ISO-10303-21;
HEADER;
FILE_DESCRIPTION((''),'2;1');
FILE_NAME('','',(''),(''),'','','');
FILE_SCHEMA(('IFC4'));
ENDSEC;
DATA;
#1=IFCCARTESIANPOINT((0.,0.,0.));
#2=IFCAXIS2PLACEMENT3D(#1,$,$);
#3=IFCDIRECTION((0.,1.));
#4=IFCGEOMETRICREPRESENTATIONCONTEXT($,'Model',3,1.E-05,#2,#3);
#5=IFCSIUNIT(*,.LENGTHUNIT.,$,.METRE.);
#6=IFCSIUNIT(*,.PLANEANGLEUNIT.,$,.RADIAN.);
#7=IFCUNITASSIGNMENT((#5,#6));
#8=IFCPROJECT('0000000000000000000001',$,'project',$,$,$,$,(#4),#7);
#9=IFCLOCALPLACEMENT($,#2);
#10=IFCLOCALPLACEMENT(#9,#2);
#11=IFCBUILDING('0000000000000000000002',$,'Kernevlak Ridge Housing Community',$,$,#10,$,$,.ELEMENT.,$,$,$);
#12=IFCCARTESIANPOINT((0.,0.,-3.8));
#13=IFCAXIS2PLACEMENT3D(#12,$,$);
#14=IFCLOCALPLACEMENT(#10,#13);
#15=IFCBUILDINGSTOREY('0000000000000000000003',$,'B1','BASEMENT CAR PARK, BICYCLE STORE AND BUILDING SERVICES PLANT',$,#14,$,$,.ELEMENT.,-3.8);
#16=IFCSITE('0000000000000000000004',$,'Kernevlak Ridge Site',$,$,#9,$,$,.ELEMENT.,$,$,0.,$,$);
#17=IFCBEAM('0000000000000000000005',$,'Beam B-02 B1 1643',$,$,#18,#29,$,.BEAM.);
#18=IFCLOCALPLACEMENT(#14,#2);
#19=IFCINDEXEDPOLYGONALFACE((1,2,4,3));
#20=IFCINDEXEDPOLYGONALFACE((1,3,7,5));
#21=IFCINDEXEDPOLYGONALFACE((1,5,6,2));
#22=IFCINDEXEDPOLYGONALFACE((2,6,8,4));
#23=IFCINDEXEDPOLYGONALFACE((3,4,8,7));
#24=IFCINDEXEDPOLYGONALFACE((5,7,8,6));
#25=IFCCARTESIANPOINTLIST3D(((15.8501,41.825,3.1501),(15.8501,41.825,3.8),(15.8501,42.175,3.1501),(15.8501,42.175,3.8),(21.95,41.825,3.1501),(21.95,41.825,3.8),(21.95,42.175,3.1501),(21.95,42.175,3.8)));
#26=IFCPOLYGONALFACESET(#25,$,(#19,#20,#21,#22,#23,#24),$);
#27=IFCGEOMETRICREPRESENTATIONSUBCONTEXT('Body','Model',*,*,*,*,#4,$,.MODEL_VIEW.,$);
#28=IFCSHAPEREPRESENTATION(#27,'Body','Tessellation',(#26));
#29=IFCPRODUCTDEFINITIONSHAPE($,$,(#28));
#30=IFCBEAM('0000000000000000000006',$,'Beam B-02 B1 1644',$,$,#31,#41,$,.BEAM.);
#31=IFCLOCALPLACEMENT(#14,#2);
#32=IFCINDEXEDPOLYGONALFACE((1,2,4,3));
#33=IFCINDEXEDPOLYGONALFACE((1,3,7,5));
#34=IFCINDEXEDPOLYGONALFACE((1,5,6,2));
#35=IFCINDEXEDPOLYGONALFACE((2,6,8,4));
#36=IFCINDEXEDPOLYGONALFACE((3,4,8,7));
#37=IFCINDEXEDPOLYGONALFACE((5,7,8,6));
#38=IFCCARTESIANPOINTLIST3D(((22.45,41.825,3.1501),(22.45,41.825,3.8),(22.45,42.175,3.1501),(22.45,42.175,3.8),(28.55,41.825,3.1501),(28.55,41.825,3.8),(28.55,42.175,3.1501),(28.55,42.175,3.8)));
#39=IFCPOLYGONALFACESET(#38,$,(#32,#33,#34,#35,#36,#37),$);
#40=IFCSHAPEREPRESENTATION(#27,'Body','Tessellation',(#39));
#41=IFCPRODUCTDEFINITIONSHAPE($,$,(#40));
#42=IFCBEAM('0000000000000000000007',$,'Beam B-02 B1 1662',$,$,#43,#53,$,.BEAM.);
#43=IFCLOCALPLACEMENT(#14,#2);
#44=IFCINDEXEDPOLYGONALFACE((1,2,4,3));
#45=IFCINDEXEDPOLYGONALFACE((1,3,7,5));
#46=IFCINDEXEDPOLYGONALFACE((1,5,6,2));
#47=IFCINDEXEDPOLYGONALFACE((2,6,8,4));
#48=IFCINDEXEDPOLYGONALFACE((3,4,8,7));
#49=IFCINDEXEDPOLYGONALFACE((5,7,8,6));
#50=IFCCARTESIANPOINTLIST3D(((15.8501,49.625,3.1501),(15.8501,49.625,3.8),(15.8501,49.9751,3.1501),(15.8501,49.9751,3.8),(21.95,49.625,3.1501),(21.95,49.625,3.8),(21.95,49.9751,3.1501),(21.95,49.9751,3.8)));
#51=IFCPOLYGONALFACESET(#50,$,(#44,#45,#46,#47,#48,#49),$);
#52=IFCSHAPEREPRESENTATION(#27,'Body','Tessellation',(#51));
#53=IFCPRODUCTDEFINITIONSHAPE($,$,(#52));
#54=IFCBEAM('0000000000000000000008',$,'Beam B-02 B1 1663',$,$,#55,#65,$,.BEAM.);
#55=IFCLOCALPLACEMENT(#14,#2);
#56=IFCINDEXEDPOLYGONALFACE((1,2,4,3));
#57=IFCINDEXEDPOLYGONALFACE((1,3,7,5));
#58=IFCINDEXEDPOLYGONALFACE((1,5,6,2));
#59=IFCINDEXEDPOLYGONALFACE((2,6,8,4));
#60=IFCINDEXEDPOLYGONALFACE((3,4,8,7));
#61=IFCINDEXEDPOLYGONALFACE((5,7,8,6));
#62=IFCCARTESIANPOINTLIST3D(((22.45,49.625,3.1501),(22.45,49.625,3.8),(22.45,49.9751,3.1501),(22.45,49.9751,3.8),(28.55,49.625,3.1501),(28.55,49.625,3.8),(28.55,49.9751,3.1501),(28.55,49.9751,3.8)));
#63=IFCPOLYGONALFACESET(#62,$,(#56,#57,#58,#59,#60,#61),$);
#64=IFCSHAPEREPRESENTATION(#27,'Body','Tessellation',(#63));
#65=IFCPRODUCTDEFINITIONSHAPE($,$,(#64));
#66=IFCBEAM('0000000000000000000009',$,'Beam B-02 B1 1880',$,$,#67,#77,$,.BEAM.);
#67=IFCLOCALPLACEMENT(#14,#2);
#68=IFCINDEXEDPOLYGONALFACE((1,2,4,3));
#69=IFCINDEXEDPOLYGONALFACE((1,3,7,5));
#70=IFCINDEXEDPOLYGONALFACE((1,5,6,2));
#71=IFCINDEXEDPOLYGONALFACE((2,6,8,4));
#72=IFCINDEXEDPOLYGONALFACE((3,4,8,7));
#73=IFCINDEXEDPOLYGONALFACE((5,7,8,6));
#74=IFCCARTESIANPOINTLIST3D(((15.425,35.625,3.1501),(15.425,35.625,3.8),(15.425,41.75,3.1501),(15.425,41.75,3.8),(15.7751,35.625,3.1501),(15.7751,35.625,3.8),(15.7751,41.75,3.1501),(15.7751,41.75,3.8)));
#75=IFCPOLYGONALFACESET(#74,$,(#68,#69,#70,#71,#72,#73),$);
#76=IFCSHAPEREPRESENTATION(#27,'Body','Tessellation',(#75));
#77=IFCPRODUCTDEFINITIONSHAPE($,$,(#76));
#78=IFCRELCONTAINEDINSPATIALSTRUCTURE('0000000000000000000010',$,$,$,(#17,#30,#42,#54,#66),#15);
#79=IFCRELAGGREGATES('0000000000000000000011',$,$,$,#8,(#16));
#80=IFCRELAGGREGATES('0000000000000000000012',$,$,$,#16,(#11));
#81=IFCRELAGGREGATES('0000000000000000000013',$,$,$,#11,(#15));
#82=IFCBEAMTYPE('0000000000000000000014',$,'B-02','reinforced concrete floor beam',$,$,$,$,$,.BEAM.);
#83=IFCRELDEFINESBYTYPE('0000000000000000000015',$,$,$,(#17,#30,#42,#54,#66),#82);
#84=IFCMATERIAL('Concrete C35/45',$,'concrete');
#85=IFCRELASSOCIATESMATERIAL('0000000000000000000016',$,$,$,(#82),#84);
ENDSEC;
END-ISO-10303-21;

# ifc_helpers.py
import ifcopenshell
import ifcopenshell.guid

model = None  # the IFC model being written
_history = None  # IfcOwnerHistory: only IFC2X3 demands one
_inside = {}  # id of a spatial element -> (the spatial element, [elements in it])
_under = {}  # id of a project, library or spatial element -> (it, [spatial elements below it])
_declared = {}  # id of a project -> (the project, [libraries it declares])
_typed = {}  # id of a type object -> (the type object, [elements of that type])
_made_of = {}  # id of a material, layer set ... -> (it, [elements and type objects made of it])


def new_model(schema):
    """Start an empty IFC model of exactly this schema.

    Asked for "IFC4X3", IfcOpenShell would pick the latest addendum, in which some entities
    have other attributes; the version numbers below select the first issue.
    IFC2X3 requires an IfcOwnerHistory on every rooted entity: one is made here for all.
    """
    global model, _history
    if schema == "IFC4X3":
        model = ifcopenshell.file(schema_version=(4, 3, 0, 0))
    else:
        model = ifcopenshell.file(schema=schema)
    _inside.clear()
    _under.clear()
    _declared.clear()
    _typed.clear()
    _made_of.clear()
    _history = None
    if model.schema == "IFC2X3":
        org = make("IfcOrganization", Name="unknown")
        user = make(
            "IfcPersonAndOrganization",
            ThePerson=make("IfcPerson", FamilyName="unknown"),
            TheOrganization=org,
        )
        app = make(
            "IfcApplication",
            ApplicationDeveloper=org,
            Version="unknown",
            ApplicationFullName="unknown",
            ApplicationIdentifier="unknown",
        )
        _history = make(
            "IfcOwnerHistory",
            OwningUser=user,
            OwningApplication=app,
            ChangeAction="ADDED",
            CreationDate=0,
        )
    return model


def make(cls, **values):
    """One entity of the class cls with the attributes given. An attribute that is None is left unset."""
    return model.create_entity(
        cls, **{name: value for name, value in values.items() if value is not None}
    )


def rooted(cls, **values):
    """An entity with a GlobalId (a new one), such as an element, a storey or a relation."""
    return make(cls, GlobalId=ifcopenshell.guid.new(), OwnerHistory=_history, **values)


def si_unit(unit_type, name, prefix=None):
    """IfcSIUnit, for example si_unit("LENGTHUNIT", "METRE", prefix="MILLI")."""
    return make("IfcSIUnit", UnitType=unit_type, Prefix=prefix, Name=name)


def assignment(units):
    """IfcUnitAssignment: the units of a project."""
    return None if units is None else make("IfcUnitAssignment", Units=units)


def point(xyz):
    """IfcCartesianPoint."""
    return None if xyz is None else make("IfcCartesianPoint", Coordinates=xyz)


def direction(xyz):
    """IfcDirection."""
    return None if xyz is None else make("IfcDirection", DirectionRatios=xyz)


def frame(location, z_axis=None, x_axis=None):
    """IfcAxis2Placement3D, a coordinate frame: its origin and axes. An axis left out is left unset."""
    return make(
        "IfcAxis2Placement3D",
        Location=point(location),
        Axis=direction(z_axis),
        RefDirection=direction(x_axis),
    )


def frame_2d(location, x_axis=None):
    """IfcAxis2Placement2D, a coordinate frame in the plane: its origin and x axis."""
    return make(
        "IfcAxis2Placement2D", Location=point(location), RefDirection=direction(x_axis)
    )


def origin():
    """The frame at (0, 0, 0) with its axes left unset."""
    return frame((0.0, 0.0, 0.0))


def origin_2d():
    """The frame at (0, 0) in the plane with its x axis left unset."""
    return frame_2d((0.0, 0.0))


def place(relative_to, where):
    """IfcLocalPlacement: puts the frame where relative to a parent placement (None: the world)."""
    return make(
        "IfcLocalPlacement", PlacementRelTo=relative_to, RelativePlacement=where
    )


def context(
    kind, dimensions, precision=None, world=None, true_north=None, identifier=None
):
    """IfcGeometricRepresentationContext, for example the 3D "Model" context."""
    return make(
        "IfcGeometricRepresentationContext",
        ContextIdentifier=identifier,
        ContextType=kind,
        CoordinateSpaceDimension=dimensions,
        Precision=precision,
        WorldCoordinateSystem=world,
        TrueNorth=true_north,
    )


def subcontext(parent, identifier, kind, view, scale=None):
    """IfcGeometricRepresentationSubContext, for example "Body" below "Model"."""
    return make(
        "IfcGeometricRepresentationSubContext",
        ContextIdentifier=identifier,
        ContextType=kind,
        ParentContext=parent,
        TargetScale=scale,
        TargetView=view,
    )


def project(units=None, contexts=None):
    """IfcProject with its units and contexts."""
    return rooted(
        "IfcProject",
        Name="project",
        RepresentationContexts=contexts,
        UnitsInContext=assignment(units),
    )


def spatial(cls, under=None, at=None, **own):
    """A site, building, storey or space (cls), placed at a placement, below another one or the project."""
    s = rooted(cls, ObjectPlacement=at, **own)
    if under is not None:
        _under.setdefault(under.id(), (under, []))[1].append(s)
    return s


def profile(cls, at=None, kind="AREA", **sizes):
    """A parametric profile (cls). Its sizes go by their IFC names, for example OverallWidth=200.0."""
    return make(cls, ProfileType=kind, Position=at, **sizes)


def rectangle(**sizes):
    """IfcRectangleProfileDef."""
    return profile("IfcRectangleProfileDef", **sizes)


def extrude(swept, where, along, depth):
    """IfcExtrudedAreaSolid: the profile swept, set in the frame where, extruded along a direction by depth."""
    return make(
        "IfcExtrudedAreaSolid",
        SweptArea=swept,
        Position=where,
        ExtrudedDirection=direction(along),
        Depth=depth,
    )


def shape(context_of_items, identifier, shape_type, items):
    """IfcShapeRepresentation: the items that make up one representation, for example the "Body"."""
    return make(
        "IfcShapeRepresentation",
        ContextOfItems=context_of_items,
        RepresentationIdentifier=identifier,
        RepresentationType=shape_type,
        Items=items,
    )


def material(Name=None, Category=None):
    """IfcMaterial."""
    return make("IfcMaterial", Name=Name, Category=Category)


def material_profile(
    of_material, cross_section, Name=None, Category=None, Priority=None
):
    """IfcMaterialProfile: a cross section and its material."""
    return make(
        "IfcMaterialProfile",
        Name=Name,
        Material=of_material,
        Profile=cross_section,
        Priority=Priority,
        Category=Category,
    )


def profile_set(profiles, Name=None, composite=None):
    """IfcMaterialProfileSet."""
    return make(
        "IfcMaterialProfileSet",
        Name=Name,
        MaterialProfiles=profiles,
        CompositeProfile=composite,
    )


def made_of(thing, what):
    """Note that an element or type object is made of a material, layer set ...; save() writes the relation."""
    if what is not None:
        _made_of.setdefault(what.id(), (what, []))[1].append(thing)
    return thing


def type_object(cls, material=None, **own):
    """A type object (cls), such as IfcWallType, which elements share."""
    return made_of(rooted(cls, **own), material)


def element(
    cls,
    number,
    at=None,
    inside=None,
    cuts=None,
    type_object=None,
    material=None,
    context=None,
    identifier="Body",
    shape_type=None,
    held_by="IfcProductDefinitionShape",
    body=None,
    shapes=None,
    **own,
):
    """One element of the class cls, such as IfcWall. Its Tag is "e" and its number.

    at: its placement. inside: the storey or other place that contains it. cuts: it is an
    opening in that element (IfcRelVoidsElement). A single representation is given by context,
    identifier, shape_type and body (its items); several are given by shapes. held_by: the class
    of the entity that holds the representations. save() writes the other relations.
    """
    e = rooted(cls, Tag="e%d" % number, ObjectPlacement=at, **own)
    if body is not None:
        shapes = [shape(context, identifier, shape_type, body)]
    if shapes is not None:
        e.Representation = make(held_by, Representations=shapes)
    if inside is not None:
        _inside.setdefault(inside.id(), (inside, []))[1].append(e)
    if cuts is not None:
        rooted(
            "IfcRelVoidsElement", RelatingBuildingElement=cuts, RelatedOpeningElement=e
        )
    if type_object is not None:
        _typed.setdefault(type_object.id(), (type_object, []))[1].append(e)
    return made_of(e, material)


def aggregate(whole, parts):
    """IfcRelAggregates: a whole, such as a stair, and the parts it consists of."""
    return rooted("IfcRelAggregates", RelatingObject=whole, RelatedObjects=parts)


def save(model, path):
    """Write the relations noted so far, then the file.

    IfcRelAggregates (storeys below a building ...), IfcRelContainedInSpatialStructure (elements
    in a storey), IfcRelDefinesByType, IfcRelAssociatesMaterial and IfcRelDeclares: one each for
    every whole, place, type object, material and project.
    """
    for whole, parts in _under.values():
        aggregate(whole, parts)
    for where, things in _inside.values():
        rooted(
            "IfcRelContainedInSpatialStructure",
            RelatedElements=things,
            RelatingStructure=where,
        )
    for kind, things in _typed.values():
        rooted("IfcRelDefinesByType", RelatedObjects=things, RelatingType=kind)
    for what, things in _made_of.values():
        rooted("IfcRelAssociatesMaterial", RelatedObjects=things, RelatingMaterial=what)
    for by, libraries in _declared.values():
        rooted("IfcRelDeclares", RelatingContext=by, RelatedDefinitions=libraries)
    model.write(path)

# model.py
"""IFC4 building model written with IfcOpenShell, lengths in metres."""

from ifc_helpers import new_model, si_unit, direction, frame, origin, origin_2d, place, context, subcontext, project, spatial, rectangle, extrude, material, material_profile, profile_set, type_object, element, save


model = new_model("IFC4")

# Units and contexts
model_context = context("Model", 3, precision=1e-05, world=origin(), true_north=direction((0.0, 1.0)))
body_context = subcontext(model_context, "Body", "Model", "MODEL_VIEW")
ifc_project = project(units=[si_unit("LENGTHUNIT", "METRE"), si_unit("PLANEANGLEUNIT", "RADIAN")], contexts=[model_context])

# Site, building, storey
site_placement = place(None, origin())
site = spatial("IfcSite", under=ifc_project, at=site_placement, Name="Kernevlak Ridge Site", CompositionType="ELEMENT", RefElevation=0.0)
building_placement = place(site_placement, origin())
building = spatial("IfcBuilding", under=site, at=building_placement, Name="Kernevlak Ridge Housing Community", CompositionType="ELEMENT")
storey_placement = place(building_placement, frame((0.0, 0.0, -3.8)))
storey = spatial("IfcBuildingStorey", under=building, at=storey_placement, Name="B1", Description="BASEMENT CAR PARK, BICYCLE STORE AND BUILDING SERVICES PLANT", CompositionType="ELEMENT", Elevation=-3.8)

# Shared definitions
ifc_material_1 = material(Name="Concrete C35/45", Category="concrete")

# Beams
ifc_material_profile_1 = material_profile(ifc_material_1, rectangle(XDim=0.3501, YDim=0.6499, at=origin_2d()), Name="RC 350x650")
ifc_profile_set_1 = profile_set([ifc_material_profile_1], Name="Concrete C35/45")
beam_type_1 = type_object("IfcBeamType", Name="B-02", Description="reinforced concrete floor beam", PredefinedType="BEAM", material=ifc_profile_set_1)
beam_1_placement = place(storey_placement, frame((15.8501, 42.0, 3.4751), z_axis=(1.0, 0.0, 0.0), x_axis=(0.0, 1.0, 0.0)))
element("IfcBeam", 1, at=beam_1_placement, inside=storey, type_object=beam_type_1, Name="Beam B-02 B1 1643", PredefinedType="BEAM", context=body_context, shape_type="SweptSolid", body=[
    extrude(rectangle(XDim=0.3501, YDim=0.6499, at=origin_2d()), origin(), (0.0, 0.0, 1.0), 6.0999),
])
beam_2_placement = place(storey_placement, frame((22.45, 42.0, 3.4751), z_axis=(1.0, 0.0, 0.0), x_axis=(0.0, 1.0, 0.0)))
element("IfcBeam", 2, at=beam_2_placement, inside=storey, type_object=beam_type_1, Name="Beam B-02 B1 1644", PredefinedType="BEAM", context=body_context, shape_type="SweptSolid", body=[
    extrude(rectangle(XDim=0.3501, YDim=0.6499, at=origin_2d()), origin(), (0.0, 0.0, 1.0), 6.1001),
])
beam_3_placement = place(storey_placement, frame((15.8501, 49.8, 3.4751), z_axis=(1.0, 0.0, 0.0), x_axis=(0.0, 1.0, 0.0)))
element("IfcBeam", 3, at=beam_3_placement, inside=storey, type_object=beam_type_1, Name="Beam B-02 B1 1662", PredefinedType="BEAM", context=body_context, shape_type="SweptSolid", body=[
    extrude(rectangle(XDim=0.3501, YDim=0.6499, at=origin_2d()), origin(), (0.0, 0.0, 1.0), 6.0999),
])
beam_4_placement = place(storey_placement, frame((22.45, 49.8, 3.4751), z_axis=(1.0, 0.0, 0.0), x_axis=(0.0, 1.0, 0.0)))
element("IfcBeam", 4, at=beam_4_placement, inside=storey, type_object=beam_type_1, Name="Beam B-02 B1 1663", PredefinedType="BEAM", context=body_context, shape_type="SweptSolid", body=[
    extrude(rectangle(XDim=0.3501, YDim=0.6499, at=origin_2d()), origin(), (0.0, 0.0, 1.0), 6.1001),
])
beam_5_placement = place(storey_placement, frame((15.6001, 35.625, 3.4751), z_axis=(0.0, 1.0, 0.0), x_axis=(-1.0, 0.0, 0.0)))
element("IfcBeam", 5, at=beam_5_placement, inside=storey, type_object=beam_type_1, Name="Beam B-02 B1 1880", PredefinedType="BEAM", context=body_context, shape_type="SweptSolid", body=[
    extrude(rectangle(XDim=0.3501, YDim=0.6499, at=origin_2d()), origin(), (0.0, 0.0, 1.0), 6.125),
])

save(model, "model.ifc")
